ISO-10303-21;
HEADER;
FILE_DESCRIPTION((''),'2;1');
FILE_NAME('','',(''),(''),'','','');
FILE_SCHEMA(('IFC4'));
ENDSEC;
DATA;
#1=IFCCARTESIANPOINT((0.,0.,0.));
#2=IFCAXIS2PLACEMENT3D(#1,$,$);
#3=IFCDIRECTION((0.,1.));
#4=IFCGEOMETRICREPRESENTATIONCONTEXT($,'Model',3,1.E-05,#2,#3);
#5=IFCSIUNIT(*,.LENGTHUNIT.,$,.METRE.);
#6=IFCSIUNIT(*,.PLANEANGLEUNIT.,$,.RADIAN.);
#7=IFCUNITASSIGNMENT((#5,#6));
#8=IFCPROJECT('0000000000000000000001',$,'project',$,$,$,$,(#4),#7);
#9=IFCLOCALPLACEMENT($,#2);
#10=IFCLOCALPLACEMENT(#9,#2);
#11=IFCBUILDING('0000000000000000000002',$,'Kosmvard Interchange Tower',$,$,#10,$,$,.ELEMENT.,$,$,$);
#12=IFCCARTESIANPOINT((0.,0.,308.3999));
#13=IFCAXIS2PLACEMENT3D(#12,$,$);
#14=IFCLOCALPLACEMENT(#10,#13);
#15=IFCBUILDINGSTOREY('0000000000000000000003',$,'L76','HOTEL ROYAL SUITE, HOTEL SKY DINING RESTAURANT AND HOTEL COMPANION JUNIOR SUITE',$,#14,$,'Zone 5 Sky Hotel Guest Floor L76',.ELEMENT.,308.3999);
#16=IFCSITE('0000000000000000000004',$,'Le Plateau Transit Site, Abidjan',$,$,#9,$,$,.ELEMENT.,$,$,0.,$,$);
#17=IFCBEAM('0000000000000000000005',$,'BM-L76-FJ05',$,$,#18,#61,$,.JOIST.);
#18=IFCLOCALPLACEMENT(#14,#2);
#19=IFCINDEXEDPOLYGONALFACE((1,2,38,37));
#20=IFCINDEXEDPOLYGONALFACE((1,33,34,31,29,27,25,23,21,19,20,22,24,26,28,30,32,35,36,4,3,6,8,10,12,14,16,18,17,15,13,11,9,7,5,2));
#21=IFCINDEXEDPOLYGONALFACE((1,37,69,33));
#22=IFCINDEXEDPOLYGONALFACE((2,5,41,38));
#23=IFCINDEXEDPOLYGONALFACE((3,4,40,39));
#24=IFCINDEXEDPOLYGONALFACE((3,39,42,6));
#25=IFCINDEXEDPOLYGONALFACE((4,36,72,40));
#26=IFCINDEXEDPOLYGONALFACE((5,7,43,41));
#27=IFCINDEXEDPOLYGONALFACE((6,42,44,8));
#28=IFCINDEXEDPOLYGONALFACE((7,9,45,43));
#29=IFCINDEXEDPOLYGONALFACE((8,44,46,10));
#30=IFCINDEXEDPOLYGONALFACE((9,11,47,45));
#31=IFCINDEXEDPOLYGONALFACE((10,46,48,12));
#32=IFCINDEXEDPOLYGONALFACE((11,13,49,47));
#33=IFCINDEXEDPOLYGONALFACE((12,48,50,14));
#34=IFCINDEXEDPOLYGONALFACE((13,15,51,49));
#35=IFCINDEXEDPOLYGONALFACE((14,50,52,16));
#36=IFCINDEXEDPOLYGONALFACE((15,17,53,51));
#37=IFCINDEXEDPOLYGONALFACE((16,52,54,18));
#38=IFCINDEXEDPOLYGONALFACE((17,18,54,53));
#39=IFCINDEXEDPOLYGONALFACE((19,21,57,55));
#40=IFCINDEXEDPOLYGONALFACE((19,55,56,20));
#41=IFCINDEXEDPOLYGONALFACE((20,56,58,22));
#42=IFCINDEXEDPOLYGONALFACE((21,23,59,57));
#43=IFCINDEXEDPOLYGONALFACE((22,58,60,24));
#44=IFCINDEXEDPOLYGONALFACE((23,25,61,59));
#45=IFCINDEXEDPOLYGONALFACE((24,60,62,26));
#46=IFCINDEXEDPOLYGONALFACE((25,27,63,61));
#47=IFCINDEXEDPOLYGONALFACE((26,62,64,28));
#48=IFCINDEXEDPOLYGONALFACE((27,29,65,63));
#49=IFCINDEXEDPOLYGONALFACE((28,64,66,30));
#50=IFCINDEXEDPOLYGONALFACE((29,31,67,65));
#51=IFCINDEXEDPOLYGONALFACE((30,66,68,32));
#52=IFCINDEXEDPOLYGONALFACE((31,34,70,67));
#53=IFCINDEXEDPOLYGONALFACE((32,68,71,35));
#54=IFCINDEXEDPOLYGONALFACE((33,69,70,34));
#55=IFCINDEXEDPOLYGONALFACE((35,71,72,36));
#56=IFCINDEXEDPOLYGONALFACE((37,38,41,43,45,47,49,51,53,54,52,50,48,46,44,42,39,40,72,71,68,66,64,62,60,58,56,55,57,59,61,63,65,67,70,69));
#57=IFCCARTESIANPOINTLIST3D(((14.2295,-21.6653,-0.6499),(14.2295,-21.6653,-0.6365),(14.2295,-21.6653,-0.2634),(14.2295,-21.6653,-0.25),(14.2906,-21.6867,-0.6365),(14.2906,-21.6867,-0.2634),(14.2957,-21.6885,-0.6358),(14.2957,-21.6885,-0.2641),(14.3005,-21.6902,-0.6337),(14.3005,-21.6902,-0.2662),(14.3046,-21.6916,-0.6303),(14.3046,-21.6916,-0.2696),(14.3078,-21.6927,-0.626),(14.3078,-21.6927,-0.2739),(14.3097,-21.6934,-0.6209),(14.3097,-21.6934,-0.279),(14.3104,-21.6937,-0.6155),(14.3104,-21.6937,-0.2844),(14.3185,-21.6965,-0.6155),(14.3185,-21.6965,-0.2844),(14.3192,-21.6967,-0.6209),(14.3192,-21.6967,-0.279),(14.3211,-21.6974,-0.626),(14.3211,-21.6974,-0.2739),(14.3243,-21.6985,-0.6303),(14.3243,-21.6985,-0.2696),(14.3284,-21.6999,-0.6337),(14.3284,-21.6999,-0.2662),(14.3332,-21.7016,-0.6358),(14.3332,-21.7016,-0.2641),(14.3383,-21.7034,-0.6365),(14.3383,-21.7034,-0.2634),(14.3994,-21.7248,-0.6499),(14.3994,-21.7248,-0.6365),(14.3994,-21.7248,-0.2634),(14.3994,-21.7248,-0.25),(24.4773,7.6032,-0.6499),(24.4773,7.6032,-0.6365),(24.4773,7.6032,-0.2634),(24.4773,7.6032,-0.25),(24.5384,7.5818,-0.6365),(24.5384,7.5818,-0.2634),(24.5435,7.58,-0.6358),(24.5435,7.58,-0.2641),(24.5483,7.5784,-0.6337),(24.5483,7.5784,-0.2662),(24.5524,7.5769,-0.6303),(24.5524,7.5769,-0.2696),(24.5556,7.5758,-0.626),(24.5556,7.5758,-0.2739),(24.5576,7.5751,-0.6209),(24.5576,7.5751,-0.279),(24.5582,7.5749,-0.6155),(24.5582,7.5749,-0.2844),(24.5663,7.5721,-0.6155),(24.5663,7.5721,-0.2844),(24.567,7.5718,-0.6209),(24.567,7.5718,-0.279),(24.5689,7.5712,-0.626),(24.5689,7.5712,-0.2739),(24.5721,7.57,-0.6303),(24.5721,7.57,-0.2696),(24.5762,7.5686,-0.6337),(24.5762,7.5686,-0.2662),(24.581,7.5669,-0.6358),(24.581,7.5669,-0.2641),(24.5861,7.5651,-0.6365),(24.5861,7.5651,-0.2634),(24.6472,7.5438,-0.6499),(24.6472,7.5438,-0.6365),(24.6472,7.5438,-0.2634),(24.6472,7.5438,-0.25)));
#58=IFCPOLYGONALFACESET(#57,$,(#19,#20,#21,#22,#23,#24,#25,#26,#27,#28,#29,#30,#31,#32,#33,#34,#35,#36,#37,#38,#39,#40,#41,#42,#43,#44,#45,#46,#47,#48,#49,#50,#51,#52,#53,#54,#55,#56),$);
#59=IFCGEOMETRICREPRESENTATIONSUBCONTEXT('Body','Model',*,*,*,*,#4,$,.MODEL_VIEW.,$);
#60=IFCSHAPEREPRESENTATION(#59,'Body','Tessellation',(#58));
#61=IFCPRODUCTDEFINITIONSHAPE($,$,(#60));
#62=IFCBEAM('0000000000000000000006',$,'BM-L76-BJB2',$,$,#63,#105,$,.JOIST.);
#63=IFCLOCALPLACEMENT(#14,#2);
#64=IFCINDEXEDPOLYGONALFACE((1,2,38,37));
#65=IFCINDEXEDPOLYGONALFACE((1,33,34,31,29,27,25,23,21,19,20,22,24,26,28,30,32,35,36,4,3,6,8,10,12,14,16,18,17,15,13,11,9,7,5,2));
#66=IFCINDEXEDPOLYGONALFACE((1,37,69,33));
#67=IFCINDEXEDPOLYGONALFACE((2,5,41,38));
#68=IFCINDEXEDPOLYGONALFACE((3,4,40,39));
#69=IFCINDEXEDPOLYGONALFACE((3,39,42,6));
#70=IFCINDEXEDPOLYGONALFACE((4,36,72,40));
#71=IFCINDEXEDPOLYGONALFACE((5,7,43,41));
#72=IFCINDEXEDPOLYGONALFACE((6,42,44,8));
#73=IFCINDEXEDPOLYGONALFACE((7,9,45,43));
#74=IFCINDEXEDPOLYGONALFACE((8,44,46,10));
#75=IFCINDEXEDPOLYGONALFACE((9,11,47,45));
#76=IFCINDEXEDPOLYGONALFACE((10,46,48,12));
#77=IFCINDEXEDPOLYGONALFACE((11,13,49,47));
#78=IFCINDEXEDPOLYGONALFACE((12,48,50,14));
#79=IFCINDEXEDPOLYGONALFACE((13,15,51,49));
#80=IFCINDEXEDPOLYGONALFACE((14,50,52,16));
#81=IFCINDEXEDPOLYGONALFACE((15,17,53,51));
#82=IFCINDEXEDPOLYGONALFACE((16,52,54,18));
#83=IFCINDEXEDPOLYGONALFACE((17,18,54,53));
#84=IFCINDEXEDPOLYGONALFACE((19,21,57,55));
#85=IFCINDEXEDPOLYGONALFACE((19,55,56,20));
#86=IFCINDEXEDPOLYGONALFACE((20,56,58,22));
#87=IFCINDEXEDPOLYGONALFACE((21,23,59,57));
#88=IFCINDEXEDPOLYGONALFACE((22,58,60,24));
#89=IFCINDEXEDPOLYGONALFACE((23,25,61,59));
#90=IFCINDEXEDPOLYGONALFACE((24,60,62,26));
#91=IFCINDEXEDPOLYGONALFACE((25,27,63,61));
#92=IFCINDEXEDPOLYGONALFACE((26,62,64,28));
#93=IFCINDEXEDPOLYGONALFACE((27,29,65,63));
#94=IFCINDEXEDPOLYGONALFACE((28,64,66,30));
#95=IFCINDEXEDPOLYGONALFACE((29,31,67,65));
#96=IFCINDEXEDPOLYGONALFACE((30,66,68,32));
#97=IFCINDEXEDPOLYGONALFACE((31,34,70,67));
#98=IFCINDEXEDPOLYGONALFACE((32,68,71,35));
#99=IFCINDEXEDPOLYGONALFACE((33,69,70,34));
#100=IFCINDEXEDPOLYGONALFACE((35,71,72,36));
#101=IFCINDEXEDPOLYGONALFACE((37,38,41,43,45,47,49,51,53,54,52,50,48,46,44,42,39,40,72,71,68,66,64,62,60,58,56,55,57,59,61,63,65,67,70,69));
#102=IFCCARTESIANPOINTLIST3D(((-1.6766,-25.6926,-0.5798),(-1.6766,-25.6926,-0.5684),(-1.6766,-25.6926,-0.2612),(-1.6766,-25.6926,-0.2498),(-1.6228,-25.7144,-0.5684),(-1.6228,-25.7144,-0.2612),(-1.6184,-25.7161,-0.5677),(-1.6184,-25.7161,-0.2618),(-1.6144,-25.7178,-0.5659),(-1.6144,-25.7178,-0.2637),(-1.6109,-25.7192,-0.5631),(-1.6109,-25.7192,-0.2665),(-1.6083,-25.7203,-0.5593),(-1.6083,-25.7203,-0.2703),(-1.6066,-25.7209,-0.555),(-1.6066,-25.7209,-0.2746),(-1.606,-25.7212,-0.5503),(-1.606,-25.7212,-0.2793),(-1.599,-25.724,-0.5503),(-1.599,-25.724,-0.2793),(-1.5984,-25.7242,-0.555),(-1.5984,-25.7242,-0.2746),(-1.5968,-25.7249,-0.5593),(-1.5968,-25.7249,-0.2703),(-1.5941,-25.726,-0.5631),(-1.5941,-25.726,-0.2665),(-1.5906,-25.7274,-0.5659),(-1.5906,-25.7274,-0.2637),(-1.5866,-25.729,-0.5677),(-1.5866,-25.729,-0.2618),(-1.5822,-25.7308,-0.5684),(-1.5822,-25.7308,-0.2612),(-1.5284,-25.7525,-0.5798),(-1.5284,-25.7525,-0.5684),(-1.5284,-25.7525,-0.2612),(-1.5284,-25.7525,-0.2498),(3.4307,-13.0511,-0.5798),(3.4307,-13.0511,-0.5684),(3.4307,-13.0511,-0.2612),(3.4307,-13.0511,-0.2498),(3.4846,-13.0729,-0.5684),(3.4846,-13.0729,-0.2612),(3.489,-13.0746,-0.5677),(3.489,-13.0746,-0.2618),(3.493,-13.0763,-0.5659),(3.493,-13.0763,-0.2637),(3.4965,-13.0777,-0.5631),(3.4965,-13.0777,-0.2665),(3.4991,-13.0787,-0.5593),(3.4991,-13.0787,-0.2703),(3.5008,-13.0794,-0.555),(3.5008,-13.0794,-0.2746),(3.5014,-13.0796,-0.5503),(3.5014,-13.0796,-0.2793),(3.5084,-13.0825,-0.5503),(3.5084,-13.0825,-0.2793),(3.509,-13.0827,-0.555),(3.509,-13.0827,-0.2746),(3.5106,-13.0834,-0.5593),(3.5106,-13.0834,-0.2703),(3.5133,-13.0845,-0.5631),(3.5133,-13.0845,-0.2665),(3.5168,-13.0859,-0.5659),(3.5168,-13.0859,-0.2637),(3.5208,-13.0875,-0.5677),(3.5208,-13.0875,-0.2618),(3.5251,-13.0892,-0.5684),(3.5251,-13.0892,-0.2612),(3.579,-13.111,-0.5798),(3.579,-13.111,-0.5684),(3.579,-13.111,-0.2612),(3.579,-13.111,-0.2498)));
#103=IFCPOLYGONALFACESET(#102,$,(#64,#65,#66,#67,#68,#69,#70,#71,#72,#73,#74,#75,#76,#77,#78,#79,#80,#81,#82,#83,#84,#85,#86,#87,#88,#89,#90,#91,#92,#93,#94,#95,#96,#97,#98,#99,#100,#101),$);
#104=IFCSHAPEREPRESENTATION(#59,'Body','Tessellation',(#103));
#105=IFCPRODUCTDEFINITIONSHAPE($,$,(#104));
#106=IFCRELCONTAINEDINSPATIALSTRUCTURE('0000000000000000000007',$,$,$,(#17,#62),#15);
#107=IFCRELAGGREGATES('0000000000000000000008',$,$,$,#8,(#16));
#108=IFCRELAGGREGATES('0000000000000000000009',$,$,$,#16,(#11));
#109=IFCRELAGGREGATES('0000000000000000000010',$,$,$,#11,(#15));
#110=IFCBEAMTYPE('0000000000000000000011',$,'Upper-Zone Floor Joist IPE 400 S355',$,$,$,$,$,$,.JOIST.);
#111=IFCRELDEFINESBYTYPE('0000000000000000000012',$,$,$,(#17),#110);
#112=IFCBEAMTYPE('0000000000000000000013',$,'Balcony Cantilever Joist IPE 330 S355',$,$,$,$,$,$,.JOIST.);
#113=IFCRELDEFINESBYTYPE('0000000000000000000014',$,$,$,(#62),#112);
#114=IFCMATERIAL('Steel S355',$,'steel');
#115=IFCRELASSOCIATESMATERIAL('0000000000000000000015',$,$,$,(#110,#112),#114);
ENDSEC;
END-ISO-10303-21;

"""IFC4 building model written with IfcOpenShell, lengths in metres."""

from ifc_helpers import new_model, si_unit, direction, frame, origin, origin_2d, place, context, subcontext, project, spatial, i_section, extrude, source, transform, mapped, material, material_profile, profile_set, type_object, element, save


model = new_model("IFC4")

# Units and contexts
model_context = context("Model", 3, precision=1e-05, world=origin(), true_north=direction((0.0, 1.0)))
body_context = subcontext(model_context, "Body", "Model", "MODEL_VIEW")
ifc_project = project(units=[si_unit("LENGTHUNIT", "METRE"), si_unit("PLANEANGLEUNIT", "RADIAN")], contexts=[model_context])

# Site, building, storey
site_placement = place(None, origin())
site = spatial("IfcSite", under=ifc_project, at=site_placement, Name="Le Plateau Transit Site, Abidjan", CompositionType="ELEMENT", RefElevation=0.0)
building_placement = place(site_placement, origin())
building = spatial("IfcBuilding", under=site, at=building_placement, Name="Kosmvard Interchange Tower", CompositionType="ELEMENT")
storey_placement = place(building_placement, frame((0.0, 0.0, 308.3999)))
storey = spatial("IfcBuildingStorey", under=building, at=storey_placement, Name="L76", Description="HOTEL ROYAL SUITE, HOTEL SKY DINING RESTAURANT AND HOTEL COMPANION JUNIOR SUITE", LongName="Zone 5 Sky Hotel Guest Floor L76", CompositionType="ELEMENT", Elevation=308.3999)

# Beams
ifc_material_1 = material(Name="Steel S355", Category="steel")
ifc_material_profile_1 = material_profile(ifc_material_1, i_section(OverallWidth=0.1799, OverallDepth=0.3999, WebThickness=0.0085, FlangeThickness=0.0134, FilletRadius=0.021, at=origin_2d()), Name="IPE 400")
ifc_profile_set_1 = profile_set([ifc_material_profile_1], Name="Steel S355")
beam_type_1 = type_object("IfcBeamType", Name="Upper-Zone Floor Joist IPE 400 S355", PredefinedType="JOIST", material=ifc_profile_set_1)
shared_shape_1 = source(origin(), body_context, "Body", "SweptSolid", [
    extrude(i_section(OverallWidth=0.1799, OverallDepth=0.3999, WebThickness=0.0085, FlangeThickness=0.0134, FilletRadius=0.021, at=origin_2d()), origin(), (0.0, 0.0, 1.0), 31.0107),
])
beam_1_placement = place(storey_placement, frame((14.3145, -21.6951, -0.45), z_axis=(0.33046, 0.94382, 0.0), x_axis=(-0.94382, 0.33046, 0.0)))
element("IfcBeam", 1, at=beam_1_placement, inside=storey, type_object=beam_type_1, Name="BM-L76-FJ05", PredefinedType="JOIST", context=body_context, shape_type="MappedRepresentation", body=[
    mapped(shared_shape_1, transform((0.0, 0.0, 0.0), scale=1.0)),
])
ifc_material_profile_2 = material_profile(ifc_material_1, i_section(OverallWidth=0.1599, OverallDepth=0.3301, WebThickness=0.0076, FlangeThickness=0.0115, FilletRadius=0.0181, at=origin_2d()), Name="IPE 330")
ifc_profile_set_2 = profile_set([ifc_material_profile_2], Name="Steel S355")
beam_type_2 = type_object("IfcBeamType", Name="Balcony Cantilever Joist IPE 330 S355", PredefinedType="JOIST", material=ifc_profile_set_2)
shared_shape_2 = source(origin(), body_context, "Body", "SweptSolid", [
    extrude(i_section(OverallWidth=0.1599, OverallDepth=0.3301, WebThickness=0.0076, FlangeThickness=0.0115, FilletRadius=0.0181, at=origin_2d()), origin(), (0.0, 0.0, 1.0), 13.6343),
])
beam_2_placement = place(storey_placement, frame((3.5049, -13.0811, -0.4148), z_axis=(-0.374599, -0.927187, 0.0), x_axis=(0.927187, -0.374599, 0.0)))
element("IfcBeam", 2, at=beam_2_placement, inside=storey, type_object=beam_type_2, Name="BM-L76-BJB2", PredefinedType="JOIST", context=body_context, shape_type="MappedRepresentation", body=[
    mapped(shared_shape_2, transform((0.0, 0.0, 0.0), scale=1.0)),
])

save(model, "model.ifc")
